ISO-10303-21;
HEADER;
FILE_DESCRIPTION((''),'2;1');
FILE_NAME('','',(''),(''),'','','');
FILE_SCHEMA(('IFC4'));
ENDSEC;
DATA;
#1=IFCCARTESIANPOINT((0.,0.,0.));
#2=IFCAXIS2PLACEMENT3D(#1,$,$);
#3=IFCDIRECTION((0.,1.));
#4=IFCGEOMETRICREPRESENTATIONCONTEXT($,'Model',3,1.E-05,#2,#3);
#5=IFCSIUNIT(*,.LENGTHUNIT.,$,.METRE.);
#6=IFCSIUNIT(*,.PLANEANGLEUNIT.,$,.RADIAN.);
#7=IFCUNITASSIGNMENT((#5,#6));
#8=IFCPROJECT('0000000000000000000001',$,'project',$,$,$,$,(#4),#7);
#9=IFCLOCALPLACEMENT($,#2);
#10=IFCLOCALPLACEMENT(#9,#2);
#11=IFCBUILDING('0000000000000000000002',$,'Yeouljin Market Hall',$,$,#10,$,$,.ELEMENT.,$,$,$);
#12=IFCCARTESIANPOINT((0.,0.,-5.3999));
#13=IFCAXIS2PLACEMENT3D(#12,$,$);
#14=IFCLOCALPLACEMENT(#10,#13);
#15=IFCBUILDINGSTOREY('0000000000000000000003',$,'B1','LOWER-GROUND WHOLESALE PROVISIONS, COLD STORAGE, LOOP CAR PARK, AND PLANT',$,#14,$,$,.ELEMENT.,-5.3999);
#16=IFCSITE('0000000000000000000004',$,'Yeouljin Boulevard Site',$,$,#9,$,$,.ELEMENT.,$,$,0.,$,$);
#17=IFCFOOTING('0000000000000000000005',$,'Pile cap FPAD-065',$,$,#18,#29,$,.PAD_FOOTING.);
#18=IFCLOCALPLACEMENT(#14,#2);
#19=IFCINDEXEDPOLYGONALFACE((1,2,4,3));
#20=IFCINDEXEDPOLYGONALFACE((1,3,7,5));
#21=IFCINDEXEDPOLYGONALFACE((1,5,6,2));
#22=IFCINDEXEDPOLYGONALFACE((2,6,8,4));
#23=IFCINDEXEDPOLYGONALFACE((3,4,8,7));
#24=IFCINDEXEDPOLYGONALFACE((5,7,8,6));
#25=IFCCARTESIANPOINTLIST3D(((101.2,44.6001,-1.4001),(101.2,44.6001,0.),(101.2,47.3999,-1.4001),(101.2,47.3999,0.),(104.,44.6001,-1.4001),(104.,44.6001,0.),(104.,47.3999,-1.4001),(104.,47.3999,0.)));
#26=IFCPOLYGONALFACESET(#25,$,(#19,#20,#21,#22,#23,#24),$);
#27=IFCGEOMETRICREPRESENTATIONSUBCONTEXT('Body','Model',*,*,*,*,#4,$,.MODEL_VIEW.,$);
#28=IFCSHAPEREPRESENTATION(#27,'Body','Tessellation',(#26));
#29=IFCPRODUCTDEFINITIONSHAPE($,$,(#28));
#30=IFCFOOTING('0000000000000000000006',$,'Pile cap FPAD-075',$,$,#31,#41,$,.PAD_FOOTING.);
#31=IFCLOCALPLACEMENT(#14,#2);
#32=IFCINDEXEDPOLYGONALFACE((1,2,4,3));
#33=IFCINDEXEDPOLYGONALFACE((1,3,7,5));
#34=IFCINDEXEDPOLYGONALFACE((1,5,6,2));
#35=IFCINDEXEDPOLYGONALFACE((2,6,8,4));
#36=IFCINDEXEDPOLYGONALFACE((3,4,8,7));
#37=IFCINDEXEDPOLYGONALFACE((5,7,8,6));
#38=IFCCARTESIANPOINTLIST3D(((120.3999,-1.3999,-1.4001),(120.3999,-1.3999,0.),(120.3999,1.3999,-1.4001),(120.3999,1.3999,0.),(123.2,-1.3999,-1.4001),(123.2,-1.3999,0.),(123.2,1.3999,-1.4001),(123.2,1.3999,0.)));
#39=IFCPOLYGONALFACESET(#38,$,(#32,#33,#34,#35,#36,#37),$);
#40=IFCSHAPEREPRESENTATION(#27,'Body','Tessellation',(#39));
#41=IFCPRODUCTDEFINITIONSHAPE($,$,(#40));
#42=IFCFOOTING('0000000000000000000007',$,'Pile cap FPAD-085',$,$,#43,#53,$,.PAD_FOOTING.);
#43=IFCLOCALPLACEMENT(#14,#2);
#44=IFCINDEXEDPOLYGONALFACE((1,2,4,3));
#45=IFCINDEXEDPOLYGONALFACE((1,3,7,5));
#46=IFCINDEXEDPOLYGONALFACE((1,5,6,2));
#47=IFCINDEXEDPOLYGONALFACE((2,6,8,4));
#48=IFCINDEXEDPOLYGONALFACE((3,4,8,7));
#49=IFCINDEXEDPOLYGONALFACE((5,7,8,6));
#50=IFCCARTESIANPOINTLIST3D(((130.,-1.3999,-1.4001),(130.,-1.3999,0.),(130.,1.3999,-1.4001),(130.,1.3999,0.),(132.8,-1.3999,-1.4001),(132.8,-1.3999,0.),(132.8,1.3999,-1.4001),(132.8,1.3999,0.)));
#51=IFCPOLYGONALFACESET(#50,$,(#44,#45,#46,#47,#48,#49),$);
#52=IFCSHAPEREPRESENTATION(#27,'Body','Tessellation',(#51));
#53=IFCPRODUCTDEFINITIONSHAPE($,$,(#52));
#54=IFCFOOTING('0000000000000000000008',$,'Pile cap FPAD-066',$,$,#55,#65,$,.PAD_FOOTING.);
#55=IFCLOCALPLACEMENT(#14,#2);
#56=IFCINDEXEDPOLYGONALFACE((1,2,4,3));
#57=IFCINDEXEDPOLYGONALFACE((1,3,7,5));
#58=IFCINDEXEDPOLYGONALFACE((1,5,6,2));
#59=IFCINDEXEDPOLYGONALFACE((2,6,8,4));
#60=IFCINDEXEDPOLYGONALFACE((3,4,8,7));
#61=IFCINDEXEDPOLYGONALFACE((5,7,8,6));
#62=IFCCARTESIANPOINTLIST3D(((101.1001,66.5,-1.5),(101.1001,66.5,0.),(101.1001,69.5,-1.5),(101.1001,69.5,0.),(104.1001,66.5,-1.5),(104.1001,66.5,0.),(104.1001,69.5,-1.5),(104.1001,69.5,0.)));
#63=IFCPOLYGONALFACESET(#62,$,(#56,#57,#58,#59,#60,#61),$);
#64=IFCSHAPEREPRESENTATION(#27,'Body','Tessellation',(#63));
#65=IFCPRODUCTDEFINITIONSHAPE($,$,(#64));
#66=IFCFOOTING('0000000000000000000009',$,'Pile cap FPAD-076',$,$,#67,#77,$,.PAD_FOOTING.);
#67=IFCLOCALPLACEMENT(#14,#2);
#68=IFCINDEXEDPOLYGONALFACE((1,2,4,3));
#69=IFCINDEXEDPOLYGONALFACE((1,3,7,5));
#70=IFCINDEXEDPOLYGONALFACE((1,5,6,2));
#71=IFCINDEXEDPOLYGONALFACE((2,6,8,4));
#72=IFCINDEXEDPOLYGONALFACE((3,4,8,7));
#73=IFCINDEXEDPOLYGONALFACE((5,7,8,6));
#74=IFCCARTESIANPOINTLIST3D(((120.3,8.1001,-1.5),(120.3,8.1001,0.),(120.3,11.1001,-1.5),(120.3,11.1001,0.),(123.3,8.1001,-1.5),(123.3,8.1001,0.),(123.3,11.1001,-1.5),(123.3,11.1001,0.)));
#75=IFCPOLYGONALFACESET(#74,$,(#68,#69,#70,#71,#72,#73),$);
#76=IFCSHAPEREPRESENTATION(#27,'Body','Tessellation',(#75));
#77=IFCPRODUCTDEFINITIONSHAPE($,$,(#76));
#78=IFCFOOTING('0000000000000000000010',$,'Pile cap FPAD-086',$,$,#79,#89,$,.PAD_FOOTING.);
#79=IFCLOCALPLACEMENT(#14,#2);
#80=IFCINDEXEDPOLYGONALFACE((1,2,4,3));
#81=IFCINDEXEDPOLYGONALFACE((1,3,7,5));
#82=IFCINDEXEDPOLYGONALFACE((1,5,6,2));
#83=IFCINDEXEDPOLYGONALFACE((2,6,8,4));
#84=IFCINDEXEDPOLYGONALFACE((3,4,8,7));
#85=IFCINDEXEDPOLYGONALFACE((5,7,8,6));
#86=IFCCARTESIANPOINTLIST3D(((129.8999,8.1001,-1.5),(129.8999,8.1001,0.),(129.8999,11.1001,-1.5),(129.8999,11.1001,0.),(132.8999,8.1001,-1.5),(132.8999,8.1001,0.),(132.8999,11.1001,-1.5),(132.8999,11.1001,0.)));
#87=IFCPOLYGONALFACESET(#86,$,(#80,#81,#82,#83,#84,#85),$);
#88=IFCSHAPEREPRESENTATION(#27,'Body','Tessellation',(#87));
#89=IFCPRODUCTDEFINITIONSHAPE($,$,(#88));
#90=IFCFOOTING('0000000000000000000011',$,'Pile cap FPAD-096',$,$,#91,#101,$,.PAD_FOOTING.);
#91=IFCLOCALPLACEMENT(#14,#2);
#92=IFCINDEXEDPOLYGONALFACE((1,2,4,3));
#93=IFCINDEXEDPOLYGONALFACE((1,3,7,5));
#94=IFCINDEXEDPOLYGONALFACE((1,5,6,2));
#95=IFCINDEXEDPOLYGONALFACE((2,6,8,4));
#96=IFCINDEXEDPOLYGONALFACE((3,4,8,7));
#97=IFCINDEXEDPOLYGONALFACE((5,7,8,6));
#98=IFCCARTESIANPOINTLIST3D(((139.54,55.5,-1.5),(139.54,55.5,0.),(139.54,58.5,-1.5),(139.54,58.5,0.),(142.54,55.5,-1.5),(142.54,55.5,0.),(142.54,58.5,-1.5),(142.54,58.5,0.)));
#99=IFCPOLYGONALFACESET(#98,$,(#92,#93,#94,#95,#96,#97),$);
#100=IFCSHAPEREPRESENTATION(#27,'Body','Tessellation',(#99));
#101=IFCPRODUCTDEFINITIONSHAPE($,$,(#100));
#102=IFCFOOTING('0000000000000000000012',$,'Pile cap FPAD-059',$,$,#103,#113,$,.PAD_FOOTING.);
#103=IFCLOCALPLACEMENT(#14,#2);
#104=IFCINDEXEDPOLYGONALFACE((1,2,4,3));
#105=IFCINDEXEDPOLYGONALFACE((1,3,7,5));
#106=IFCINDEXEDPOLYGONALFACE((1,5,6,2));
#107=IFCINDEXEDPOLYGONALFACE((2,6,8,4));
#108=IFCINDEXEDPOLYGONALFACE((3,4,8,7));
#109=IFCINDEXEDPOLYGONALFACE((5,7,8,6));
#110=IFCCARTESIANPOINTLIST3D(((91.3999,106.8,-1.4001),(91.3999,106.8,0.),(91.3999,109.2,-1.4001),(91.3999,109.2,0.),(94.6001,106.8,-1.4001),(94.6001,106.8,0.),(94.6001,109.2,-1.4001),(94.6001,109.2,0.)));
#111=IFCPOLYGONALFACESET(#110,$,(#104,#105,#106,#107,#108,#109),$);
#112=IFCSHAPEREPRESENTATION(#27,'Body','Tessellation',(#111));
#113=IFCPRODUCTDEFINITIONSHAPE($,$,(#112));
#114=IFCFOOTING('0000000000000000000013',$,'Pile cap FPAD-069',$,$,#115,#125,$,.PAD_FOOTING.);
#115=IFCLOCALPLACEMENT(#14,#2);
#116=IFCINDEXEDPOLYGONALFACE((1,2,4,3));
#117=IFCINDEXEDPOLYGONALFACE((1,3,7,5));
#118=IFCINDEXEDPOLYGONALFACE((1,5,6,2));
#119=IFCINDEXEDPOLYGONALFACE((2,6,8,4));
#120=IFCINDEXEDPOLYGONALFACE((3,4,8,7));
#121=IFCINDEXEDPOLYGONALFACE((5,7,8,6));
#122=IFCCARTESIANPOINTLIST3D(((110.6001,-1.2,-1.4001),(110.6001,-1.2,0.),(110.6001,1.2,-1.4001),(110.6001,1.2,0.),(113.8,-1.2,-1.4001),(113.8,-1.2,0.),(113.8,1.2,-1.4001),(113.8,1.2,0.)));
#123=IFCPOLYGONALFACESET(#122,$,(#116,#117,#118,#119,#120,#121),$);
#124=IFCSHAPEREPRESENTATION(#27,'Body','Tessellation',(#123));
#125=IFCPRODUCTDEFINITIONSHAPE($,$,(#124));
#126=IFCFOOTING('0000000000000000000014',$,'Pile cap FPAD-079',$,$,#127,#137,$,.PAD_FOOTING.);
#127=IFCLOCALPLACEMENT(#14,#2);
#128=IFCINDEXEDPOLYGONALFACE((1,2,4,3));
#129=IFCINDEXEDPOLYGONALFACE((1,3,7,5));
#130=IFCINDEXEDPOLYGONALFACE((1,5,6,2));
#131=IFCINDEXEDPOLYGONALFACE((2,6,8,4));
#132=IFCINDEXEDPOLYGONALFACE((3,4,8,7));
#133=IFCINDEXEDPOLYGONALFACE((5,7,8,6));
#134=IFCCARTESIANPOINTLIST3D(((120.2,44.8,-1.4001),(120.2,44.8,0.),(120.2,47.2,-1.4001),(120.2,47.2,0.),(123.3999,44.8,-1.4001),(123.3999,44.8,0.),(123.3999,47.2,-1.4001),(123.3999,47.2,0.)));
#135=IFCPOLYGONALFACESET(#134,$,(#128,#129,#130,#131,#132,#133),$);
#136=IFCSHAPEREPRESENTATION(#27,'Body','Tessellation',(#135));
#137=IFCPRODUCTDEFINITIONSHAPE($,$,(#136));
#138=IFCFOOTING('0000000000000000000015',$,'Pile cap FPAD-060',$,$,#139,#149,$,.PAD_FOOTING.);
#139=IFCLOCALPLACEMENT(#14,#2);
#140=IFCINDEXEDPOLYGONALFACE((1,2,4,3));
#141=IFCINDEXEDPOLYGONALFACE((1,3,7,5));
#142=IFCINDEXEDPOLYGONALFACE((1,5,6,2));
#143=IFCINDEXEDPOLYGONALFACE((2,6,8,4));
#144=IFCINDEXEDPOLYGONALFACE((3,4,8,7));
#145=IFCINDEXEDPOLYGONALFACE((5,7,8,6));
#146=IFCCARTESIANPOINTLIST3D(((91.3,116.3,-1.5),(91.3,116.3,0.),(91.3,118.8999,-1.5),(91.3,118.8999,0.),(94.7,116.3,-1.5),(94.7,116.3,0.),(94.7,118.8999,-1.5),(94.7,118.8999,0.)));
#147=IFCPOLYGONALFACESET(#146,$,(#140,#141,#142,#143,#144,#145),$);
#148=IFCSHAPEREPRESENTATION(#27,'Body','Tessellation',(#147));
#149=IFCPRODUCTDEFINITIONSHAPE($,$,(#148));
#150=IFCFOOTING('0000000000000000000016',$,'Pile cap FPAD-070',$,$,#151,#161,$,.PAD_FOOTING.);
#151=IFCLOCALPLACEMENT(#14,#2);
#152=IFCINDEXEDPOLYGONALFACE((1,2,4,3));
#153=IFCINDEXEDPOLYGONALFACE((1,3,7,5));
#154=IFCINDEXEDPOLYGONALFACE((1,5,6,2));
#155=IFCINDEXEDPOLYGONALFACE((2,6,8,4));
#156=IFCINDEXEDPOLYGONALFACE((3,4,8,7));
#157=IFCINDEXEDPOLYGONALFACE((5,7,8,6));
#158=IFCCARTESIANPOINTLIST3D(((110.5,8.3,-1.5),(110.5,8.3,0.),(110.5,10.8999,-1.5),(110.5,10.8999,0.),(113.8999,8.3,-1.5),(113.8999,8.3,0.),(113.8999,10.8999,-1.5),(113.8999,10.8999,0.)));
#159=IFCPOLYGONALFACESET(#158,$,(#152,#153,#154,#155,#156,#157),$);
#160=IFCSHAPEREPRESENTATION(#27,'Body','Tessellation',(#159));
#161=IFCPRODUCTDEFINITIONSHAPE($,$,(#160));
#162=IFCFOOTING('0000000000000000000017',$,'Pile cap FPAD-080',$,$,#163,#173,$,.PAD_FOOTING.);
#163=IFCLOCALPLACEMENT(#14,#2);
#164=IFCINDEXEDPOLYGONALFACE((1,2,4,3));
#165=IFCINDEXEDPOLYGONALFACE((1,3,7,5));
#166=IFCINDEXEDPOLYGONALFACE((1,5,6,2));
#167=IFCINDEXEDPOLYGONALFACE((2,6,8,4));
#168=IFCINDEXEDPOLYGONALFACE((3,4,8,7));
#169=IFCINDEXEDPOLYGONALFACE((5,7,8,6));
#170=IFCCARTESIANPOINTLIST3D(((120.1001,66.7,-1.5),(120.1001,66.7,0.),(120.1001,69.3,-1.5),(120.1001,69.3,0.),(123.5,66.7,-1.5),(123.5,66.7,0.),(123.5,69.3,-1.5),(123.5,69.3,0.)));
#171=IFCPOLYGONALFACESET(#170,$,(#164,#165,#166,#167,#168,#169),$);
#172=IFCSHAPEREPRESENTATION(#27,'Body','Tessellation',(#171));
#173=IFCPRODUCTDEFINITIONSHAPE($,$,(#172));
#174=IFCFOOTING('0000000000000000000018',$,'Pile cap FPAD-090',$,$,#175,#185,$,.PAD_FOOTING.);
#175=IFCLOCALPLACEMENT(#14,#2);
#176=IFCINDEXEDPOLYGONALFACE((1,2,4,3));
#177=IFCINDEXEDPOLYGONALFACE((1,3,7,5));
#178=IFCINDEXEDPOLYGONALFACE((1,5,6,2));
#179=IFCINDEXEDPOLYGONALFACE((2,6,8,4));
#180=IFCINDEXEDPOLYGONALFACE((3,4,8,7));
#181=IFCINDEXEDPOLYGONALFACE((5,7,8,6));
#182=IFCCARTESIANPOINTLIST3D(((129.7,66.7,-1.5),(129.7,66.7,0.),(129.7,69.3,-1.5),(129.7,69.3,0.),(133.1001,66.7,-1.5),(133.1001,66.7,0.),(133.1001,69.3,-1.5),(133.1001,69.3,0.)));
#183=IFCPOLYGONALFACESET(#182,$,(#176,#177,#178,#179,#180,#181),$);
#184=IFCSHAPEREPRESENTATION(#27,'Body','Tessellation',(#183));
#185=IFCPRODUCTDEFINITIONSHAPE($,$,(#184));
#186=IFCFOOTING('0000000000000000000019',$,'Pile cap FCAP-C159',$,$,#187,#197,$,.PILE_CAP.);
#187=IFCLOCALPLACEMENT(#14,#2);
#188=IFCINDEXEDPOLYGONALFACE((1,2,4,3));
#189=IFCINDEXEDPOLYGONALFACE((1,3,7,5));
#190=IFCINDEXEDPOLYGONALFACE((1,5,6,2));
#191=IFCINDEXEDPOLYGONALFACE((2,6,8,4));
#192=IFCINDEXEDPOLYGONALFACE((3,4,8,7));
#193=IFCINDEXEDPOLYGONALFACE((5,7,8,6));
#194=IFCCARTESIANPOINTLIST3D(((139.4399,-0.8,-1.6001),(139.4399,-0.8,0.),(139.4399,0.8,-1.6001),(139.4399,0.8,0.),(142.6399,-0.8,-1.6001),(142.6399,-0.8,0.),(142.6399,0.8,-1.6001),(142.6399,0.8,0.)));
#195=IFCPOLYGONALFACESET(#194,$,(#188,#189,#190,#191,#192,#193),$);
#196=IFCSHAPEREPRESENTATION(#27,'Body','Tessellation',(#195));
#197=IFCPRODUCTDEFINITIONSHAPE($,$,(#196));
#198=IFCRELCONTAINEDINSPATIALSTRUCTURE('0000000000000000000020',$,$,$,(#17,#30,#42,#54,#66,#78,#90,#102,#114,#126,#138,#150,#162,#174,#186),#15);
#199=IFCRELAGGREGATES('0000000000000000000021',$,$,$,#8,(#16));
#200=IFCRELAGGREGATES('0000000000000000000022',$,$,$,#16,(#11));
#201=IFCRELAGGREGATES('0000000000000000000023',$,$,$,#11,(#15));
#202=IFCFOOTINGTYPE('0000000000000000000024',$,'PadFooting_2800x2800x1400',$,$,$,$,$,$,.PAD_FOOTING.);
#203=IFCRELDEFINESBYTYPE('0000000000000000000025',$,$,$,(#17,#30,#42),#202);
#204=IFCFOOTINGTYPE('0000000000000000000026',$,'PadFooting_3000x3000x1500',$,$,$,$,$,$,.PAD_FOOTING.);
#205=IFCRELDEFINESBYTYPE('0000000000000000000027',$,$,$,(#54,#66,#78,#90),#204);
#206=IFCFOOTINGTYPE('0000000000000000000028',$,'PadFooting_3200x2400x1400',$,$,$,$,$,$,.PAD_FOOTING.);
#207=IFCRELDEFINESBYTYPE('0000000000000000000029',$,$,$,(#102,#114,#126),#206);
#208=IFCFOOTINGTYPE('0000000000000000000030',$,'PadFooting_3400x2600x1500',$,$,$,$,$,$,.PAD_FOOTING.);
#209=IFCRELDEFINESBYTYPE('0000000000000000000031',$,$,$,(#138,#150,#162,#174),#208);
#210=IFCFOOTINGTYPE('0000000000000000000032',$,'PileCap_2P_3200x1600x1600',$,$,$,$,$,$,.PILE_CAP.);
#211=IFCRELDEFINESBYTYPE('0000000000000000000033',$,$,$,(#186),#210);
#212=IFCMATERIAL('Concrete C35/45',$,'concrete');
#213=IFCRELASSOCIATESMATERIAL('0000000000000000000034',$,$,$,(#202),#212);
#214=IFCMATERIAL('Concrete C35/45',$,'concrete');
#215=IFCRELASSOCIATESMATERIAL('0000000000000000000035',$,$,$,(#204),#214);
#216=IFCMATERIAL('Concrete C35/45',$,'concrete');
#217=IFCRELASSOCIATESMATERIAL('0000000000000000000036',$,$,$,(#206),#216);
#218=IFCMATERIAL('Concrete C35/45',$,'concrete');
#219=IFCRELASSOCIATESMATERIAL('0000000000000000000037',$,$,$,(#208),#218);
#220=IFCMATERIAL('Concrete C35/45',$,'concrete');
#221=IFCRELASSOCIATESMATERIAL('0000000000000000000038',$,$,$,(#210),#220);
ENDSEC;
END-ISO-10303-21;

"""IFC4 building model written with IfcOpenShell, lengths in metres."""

from ifc_helpers import new_model, si_unit, direction, frame, origin, place, context, subcontext, project, spatial, polyline, outline, extrude, material, type_object, element, save


model = new_model("IFC4")

# Units and contexts
model_context = context("Model", 3, precision=1e-05, world=origin(), true_north=direction((0.0, 1.0)))
body_context = subcontext(model_context, "Body", "Model", "MODEL_VIEW")
ifc_project = project(units=[si_unit("LENGTHUNIT", "METRE"), si_unit("PLANEANGLEUNIT", "RADIAN")], contexts=[model_context])

# Site, building, storey
site_placement = place(None, origin())
site = spatial("IfcSite", under=ifc_project, at=site_placement, Name="Yeouljin Boulevard Site", CompositionType="ELEMENT", RefElevation=0.0)
building_placement = place(site_placement, origin())
building = spatial("IfcBuilding", under=site, at=building_placement, Name="Yeouljin Market Hall", CompositionType="ELEMENT")
storey_placement = place(building_placement, frame((0.0, 0.0, -5.3999)))
storey = spatial("IfcBuildingStorey", under=building, at=storey_placement, Name="B1", Description="LOWER-GROUND WHOLESALE PROVISIONS, COLD STORAGE, LOOP CAR PARK, AND PLANT", CompositionType="ELEMENT", Elevation=-5.3999)

# Footings
ifc_material_1 = material(Name="Concrete C35/45", Category="concrete")
footing_type_1 = type_object("IfcFootingType", Name="PadFooting_2800x2800x1400", PredefinedType="PAD_FOOTING", material=ifc_material_1)
footing_1_placement = place(storey_placement, frame((0.0, 0.0, -1.4001)))
element("IfcFooting", 1, at=footing_1_placement, inside=storey, type_object=footing_type_1, Name="Pile cap FPAD-065", PredefinedType="PAD_FOOTING", context=body_context, shape_type="SweptSolid", body=[
    extrude(outline(polyline([(101.2, 44.6001), (104.0, 44.6001), (104.0, 47.3999), (101.2, 47.3999), (101.2, 44.6001)])), origin(), (0.0, 0.0, 1.0), 1.4001),
])
footing_2_placement = place(storey_placement, frame((0.0, 0.0, -1.4001)))
element("IfcFooting", 2, at=footing_2_placement, inside=storey, type_object=footing_type_1, Name="Pile cap FPAD-075", PredefinedType="PAD_FOOTING", context=body_context, shape_type="SweptSolid", body=[
    extrude(outline(polyline([(120.3999, -1.3999), (123.2, -1.3999), (123.2, 1.3999), (120.3999, 1.3999), (120.3999, -1.3999)])), origin(), (0.0, 0.0, 1.0), 1.4001),
])
footing_3_placement = place(storey_placement, frame((0.0, 0.0, -1.4001)))
element("IfcFooting", 3, at=footing_3_placement, inside=storey, type_object=footing_type_1, Name="Pile cap FPAD-085", PredefinedType="PAD_FOOTING", context=body_context, shape_type="SweptSolid", body=[
    extrude(outline(polyline([(130.0, -1.3999), (132.8, -1.3999), (132.8, 1.3999), (130.0, 1.3999), (130.0, -1.3999)])), origin(), (0.0, 0.0, 1.0), 1.4001),
])
ifc_material_2 = material(Name="Concrete C35/45", Category="concrete")
footing_type_2 = type_object("IfcFootingType", Name="PadFooting_3000x3000x1500", PredefinedType="PAD_FOOTING", material=ifc_material_2)
footing_4_placement = place(storey_placement, frame((0.0, 0.0, -1.5)))
element("IfcFooting", 4, at=footing_4_placement, inside=storey, type_object=footing_type_2, Name="Pile cap FPAD-066", PredefinedType="PAD_FOOTING", context=body_context, shape_type="SweptSolid", body=[
    extrude(outline(polyline([(101.1001, 66.5), (104.1001, 66.5), (104.1001, 69.5), (101.1001, 69.5), (101.1001, 66.5)])), origin(), (0.0, 0.0, 1.0), 1.5),
])
footing_5_placement = place(storey_placement, frame((0.0, 0.0, -1.5)))
element("IfcFooting", 5, at=footing_5_placement, inside=storey, type_object=footing_type_2, Name="Pile cap FPAD-076", PredefinedType="PAD_FOOTING", context=body_context, shape_type="SweptSolid", body=[
    extrude(outline(polyline([(120.3, 8.1001), (123.3, 8.1001), (123.3, 11.1001), (120.3, 11.1001), (120.3, 8.1001)])), origin(), (0.0, 0.0, 1.0), 1.5),
])
footing_6_placement = place(storey_placement, frame((0.0, 0.0, -1.5)))
element("IfcFooting", 6, at=footing_6_placement, inside=storey, type_object=footing_type_2, Name="Pile cap FPAD-086", PredefinedType="PAD_FOOTING", context=body_context, shape_type="SweptSolid", body=[
    extrude(outline(polyline([(129.8999, 8.1001), (132.8999, 8.1001), (132.8999, 11.1001), (129.8999, 11.1001), (129.8999, 8.1001)])), origin(), (0.0, 0.0, 1.0), 1.5),
])
footing_7_placement = place(storey_placement, frame((0.0, 0.0, -1.5)))
element("IfcFooting", 7, at=footing_7_placement, inside=storey, type_object=footing_type_2, Name="Pile cap FPAD-096", PredefinedType="PAD_FOOTING", context=body_context, shape_type="SweptSolid", body=[
    extrude(outline(polyline([(139.54, 55.5), (142.54, 55.5), (142.54, 58.5), (139.54, 58.5), (139.54, 55.5)])), origin(), (0.0, 0.0, 1.0), 1.5),
])
ifc_material_3 = material(Name="Concrete C35/45", Category="concrete")
footing_type_3 = type_object("IfcFootingType", Name="PadFooting_3200x2400x1400", PredefinedType="PAD_FOOTING", material=ifc_material_3)
footing_8_placement = place(storey_placement, frame((0.0, 0.0, -1.4001)))
element("IfcFooting", 8, at=footing_8_placement, inside=storey, type_object=footing_type_3, Name="Pile cap FPAD-059", PredefinedType="PAD_FOOTING", context=body_context, shape_type="SweptSolid", body=[
    extrude(outline(polyline([(91.3999, 106.8), (94.6001, 106.8), (94.6001, 109.2), (91.3999, 109.2), (91.3999, 106.8)])), origin(), (0.0, 0.0, 1.0), 1.4001),
])
footing_9_placement = place(storey_placement, frame((0.0, 0.0, -1.4001)))
element("IfcFooting", 9, at=footing_9_placement, inside=storey, type_object=footing_type_3, Name="Pile cap FPAD-069", PredefinedType="PAD_FOOTING", context=body_context, shape_type="SweptSolid", body=[
    extrude(outline(polyline([(110.6001, -1.2), (113.8, -1.2), (113.8, 1.2), (110.6001, 1.2), (110.6001, -1.2)])), origin(), (0.0, 0.0, 1.0), 1.4001),
])
footing_10_placement = place(storey_placement, frame((0.0, 0.0, -1.4001)))
element("IfcFooting", 10, at=footing_10_placement, inside=storey, type_object=footing_type_3, Name="Pile cap FPAD-079", PredefinedType="PAD_FOOTING", context=body_context, shape_type="SweptSolid", body=[
    extrude(outline(polyline([(120.2, 44.8), (123.3999, 44.8), (123.3999, 47.2), (120.2, 47.2), (120.2, 44.8)])), origin(), (0.0, 0.0, 1.0), 1.4001),
])
ifc_material_4 = material(Name="Concrete C35/45", Category="concrete")
footing_type_4 = type_object("IfcFootingType", Name="PadFooting_3400x2600x1500", PredefinedType="PAD_FOOTING", material=ifc_material_4)
footing_11_placement = place(storey_placement, frame((0.0, 0.0, -1.5)))
element("IfcFooting", 11, at=footing_11_placement, inside=storey, type_object=footing_type_4, Name="Pile cap FPAD-060", PredefinedType="PAD_FOOTING", context=body_context, shape_type="SweptSolid", body=[
    extrude(outline(polyline([(91.3, 116.3), (94.7, 116.3), (94.7, 118.8999), (91.3, 118.8999), (91.3, 116.3)])), origin(), (0.0, 0.0, 1.0), 1.5),
])
footing_12_placement = place(storey_placement, frame((0.0, 0.0, -1.5)))
element("IfcFooting", 12, at=footing_12_placement, inside=storey, type_object=footing_type_4, Name="Pile cap FPAD-070", PredefinedType="PAD_FOOTING", context=body_context, shape_type="SweptSolid", body=[
    extrude(outline(polyline([(110.5, 8.3), (113.8999, 8.3), (113.8999, 10.8999), (110.5, 10.8999), (110.5, 8.3)])), origin(), (0.0, 0.0, 1.0), 1.5),
])
footing_13_placement = place(storey_placement, frame((0.0, 0.0, -1.5)))
element("IfcFooting", 13, at=footing_13_placement, inside=storey, type_object=footing_type_4, Name="Pile cap FPAD-080", PredefinedType="PAD_FOOTING", context=body_context, shape_type="SweptSolid", body=[
    extrude(outline(polyline([(120.1001, 66.7), (123.5, 66.7), (123.5, 69.3), (120.1001, 69.3), (120.1001, 66.7)])), origin(), (0.0, 0.0, 1.0), 1.5),
])
footing_14_placement = place(storey_placement, frame((0.0, 0.0, -1.5)))
element("IfcFooting", 14, at=footing_14_placement, inside=storey, type_object=footing_type_4, Name="Pile cap FPAD-090", PredefinedType="PAD_FOOTING", context=body_context, shape_type="SweptSolid", body=[
    extrude(outline(polyline([(129.7, 66.7), (133.1001, 66.7), (133.1001, 69.3), (129.7, 69.3), (129.7, 66.7)])), origin(), (0.0, 0.0, 1.0), 1.5),
])
ifc_material_5 = material(Name="Concrete C35/45", Category="concrete")
footing_type_5 = type_object("IfcFootingType", Name="PileCap_2P_3200x1600x1600", PredefinedType="PILE_CAP", material=ifc_material_5)
footing_15_placement = place(storey_placement, frame((0.0, 0.0, -1.6001)))
element("IfcFooting", 15, at=footing_15_placement, inside=storey, type_object=footing_type_5, Name="Pile cap FCAP-C159", PredefinedType="PILE_CAP", context=body_context, shape_type="SweptSolid", body=[
    extrude(outline(polyline([(139.4399, -0.8), (142.6399, -0.8), (142.6399, 0.8), (139.4399, 0.8), (139.4399, -0.8)])), origin(), (0.0, 0.0, 1.0), 1.6001),
])

save(model, "model.ifc")
